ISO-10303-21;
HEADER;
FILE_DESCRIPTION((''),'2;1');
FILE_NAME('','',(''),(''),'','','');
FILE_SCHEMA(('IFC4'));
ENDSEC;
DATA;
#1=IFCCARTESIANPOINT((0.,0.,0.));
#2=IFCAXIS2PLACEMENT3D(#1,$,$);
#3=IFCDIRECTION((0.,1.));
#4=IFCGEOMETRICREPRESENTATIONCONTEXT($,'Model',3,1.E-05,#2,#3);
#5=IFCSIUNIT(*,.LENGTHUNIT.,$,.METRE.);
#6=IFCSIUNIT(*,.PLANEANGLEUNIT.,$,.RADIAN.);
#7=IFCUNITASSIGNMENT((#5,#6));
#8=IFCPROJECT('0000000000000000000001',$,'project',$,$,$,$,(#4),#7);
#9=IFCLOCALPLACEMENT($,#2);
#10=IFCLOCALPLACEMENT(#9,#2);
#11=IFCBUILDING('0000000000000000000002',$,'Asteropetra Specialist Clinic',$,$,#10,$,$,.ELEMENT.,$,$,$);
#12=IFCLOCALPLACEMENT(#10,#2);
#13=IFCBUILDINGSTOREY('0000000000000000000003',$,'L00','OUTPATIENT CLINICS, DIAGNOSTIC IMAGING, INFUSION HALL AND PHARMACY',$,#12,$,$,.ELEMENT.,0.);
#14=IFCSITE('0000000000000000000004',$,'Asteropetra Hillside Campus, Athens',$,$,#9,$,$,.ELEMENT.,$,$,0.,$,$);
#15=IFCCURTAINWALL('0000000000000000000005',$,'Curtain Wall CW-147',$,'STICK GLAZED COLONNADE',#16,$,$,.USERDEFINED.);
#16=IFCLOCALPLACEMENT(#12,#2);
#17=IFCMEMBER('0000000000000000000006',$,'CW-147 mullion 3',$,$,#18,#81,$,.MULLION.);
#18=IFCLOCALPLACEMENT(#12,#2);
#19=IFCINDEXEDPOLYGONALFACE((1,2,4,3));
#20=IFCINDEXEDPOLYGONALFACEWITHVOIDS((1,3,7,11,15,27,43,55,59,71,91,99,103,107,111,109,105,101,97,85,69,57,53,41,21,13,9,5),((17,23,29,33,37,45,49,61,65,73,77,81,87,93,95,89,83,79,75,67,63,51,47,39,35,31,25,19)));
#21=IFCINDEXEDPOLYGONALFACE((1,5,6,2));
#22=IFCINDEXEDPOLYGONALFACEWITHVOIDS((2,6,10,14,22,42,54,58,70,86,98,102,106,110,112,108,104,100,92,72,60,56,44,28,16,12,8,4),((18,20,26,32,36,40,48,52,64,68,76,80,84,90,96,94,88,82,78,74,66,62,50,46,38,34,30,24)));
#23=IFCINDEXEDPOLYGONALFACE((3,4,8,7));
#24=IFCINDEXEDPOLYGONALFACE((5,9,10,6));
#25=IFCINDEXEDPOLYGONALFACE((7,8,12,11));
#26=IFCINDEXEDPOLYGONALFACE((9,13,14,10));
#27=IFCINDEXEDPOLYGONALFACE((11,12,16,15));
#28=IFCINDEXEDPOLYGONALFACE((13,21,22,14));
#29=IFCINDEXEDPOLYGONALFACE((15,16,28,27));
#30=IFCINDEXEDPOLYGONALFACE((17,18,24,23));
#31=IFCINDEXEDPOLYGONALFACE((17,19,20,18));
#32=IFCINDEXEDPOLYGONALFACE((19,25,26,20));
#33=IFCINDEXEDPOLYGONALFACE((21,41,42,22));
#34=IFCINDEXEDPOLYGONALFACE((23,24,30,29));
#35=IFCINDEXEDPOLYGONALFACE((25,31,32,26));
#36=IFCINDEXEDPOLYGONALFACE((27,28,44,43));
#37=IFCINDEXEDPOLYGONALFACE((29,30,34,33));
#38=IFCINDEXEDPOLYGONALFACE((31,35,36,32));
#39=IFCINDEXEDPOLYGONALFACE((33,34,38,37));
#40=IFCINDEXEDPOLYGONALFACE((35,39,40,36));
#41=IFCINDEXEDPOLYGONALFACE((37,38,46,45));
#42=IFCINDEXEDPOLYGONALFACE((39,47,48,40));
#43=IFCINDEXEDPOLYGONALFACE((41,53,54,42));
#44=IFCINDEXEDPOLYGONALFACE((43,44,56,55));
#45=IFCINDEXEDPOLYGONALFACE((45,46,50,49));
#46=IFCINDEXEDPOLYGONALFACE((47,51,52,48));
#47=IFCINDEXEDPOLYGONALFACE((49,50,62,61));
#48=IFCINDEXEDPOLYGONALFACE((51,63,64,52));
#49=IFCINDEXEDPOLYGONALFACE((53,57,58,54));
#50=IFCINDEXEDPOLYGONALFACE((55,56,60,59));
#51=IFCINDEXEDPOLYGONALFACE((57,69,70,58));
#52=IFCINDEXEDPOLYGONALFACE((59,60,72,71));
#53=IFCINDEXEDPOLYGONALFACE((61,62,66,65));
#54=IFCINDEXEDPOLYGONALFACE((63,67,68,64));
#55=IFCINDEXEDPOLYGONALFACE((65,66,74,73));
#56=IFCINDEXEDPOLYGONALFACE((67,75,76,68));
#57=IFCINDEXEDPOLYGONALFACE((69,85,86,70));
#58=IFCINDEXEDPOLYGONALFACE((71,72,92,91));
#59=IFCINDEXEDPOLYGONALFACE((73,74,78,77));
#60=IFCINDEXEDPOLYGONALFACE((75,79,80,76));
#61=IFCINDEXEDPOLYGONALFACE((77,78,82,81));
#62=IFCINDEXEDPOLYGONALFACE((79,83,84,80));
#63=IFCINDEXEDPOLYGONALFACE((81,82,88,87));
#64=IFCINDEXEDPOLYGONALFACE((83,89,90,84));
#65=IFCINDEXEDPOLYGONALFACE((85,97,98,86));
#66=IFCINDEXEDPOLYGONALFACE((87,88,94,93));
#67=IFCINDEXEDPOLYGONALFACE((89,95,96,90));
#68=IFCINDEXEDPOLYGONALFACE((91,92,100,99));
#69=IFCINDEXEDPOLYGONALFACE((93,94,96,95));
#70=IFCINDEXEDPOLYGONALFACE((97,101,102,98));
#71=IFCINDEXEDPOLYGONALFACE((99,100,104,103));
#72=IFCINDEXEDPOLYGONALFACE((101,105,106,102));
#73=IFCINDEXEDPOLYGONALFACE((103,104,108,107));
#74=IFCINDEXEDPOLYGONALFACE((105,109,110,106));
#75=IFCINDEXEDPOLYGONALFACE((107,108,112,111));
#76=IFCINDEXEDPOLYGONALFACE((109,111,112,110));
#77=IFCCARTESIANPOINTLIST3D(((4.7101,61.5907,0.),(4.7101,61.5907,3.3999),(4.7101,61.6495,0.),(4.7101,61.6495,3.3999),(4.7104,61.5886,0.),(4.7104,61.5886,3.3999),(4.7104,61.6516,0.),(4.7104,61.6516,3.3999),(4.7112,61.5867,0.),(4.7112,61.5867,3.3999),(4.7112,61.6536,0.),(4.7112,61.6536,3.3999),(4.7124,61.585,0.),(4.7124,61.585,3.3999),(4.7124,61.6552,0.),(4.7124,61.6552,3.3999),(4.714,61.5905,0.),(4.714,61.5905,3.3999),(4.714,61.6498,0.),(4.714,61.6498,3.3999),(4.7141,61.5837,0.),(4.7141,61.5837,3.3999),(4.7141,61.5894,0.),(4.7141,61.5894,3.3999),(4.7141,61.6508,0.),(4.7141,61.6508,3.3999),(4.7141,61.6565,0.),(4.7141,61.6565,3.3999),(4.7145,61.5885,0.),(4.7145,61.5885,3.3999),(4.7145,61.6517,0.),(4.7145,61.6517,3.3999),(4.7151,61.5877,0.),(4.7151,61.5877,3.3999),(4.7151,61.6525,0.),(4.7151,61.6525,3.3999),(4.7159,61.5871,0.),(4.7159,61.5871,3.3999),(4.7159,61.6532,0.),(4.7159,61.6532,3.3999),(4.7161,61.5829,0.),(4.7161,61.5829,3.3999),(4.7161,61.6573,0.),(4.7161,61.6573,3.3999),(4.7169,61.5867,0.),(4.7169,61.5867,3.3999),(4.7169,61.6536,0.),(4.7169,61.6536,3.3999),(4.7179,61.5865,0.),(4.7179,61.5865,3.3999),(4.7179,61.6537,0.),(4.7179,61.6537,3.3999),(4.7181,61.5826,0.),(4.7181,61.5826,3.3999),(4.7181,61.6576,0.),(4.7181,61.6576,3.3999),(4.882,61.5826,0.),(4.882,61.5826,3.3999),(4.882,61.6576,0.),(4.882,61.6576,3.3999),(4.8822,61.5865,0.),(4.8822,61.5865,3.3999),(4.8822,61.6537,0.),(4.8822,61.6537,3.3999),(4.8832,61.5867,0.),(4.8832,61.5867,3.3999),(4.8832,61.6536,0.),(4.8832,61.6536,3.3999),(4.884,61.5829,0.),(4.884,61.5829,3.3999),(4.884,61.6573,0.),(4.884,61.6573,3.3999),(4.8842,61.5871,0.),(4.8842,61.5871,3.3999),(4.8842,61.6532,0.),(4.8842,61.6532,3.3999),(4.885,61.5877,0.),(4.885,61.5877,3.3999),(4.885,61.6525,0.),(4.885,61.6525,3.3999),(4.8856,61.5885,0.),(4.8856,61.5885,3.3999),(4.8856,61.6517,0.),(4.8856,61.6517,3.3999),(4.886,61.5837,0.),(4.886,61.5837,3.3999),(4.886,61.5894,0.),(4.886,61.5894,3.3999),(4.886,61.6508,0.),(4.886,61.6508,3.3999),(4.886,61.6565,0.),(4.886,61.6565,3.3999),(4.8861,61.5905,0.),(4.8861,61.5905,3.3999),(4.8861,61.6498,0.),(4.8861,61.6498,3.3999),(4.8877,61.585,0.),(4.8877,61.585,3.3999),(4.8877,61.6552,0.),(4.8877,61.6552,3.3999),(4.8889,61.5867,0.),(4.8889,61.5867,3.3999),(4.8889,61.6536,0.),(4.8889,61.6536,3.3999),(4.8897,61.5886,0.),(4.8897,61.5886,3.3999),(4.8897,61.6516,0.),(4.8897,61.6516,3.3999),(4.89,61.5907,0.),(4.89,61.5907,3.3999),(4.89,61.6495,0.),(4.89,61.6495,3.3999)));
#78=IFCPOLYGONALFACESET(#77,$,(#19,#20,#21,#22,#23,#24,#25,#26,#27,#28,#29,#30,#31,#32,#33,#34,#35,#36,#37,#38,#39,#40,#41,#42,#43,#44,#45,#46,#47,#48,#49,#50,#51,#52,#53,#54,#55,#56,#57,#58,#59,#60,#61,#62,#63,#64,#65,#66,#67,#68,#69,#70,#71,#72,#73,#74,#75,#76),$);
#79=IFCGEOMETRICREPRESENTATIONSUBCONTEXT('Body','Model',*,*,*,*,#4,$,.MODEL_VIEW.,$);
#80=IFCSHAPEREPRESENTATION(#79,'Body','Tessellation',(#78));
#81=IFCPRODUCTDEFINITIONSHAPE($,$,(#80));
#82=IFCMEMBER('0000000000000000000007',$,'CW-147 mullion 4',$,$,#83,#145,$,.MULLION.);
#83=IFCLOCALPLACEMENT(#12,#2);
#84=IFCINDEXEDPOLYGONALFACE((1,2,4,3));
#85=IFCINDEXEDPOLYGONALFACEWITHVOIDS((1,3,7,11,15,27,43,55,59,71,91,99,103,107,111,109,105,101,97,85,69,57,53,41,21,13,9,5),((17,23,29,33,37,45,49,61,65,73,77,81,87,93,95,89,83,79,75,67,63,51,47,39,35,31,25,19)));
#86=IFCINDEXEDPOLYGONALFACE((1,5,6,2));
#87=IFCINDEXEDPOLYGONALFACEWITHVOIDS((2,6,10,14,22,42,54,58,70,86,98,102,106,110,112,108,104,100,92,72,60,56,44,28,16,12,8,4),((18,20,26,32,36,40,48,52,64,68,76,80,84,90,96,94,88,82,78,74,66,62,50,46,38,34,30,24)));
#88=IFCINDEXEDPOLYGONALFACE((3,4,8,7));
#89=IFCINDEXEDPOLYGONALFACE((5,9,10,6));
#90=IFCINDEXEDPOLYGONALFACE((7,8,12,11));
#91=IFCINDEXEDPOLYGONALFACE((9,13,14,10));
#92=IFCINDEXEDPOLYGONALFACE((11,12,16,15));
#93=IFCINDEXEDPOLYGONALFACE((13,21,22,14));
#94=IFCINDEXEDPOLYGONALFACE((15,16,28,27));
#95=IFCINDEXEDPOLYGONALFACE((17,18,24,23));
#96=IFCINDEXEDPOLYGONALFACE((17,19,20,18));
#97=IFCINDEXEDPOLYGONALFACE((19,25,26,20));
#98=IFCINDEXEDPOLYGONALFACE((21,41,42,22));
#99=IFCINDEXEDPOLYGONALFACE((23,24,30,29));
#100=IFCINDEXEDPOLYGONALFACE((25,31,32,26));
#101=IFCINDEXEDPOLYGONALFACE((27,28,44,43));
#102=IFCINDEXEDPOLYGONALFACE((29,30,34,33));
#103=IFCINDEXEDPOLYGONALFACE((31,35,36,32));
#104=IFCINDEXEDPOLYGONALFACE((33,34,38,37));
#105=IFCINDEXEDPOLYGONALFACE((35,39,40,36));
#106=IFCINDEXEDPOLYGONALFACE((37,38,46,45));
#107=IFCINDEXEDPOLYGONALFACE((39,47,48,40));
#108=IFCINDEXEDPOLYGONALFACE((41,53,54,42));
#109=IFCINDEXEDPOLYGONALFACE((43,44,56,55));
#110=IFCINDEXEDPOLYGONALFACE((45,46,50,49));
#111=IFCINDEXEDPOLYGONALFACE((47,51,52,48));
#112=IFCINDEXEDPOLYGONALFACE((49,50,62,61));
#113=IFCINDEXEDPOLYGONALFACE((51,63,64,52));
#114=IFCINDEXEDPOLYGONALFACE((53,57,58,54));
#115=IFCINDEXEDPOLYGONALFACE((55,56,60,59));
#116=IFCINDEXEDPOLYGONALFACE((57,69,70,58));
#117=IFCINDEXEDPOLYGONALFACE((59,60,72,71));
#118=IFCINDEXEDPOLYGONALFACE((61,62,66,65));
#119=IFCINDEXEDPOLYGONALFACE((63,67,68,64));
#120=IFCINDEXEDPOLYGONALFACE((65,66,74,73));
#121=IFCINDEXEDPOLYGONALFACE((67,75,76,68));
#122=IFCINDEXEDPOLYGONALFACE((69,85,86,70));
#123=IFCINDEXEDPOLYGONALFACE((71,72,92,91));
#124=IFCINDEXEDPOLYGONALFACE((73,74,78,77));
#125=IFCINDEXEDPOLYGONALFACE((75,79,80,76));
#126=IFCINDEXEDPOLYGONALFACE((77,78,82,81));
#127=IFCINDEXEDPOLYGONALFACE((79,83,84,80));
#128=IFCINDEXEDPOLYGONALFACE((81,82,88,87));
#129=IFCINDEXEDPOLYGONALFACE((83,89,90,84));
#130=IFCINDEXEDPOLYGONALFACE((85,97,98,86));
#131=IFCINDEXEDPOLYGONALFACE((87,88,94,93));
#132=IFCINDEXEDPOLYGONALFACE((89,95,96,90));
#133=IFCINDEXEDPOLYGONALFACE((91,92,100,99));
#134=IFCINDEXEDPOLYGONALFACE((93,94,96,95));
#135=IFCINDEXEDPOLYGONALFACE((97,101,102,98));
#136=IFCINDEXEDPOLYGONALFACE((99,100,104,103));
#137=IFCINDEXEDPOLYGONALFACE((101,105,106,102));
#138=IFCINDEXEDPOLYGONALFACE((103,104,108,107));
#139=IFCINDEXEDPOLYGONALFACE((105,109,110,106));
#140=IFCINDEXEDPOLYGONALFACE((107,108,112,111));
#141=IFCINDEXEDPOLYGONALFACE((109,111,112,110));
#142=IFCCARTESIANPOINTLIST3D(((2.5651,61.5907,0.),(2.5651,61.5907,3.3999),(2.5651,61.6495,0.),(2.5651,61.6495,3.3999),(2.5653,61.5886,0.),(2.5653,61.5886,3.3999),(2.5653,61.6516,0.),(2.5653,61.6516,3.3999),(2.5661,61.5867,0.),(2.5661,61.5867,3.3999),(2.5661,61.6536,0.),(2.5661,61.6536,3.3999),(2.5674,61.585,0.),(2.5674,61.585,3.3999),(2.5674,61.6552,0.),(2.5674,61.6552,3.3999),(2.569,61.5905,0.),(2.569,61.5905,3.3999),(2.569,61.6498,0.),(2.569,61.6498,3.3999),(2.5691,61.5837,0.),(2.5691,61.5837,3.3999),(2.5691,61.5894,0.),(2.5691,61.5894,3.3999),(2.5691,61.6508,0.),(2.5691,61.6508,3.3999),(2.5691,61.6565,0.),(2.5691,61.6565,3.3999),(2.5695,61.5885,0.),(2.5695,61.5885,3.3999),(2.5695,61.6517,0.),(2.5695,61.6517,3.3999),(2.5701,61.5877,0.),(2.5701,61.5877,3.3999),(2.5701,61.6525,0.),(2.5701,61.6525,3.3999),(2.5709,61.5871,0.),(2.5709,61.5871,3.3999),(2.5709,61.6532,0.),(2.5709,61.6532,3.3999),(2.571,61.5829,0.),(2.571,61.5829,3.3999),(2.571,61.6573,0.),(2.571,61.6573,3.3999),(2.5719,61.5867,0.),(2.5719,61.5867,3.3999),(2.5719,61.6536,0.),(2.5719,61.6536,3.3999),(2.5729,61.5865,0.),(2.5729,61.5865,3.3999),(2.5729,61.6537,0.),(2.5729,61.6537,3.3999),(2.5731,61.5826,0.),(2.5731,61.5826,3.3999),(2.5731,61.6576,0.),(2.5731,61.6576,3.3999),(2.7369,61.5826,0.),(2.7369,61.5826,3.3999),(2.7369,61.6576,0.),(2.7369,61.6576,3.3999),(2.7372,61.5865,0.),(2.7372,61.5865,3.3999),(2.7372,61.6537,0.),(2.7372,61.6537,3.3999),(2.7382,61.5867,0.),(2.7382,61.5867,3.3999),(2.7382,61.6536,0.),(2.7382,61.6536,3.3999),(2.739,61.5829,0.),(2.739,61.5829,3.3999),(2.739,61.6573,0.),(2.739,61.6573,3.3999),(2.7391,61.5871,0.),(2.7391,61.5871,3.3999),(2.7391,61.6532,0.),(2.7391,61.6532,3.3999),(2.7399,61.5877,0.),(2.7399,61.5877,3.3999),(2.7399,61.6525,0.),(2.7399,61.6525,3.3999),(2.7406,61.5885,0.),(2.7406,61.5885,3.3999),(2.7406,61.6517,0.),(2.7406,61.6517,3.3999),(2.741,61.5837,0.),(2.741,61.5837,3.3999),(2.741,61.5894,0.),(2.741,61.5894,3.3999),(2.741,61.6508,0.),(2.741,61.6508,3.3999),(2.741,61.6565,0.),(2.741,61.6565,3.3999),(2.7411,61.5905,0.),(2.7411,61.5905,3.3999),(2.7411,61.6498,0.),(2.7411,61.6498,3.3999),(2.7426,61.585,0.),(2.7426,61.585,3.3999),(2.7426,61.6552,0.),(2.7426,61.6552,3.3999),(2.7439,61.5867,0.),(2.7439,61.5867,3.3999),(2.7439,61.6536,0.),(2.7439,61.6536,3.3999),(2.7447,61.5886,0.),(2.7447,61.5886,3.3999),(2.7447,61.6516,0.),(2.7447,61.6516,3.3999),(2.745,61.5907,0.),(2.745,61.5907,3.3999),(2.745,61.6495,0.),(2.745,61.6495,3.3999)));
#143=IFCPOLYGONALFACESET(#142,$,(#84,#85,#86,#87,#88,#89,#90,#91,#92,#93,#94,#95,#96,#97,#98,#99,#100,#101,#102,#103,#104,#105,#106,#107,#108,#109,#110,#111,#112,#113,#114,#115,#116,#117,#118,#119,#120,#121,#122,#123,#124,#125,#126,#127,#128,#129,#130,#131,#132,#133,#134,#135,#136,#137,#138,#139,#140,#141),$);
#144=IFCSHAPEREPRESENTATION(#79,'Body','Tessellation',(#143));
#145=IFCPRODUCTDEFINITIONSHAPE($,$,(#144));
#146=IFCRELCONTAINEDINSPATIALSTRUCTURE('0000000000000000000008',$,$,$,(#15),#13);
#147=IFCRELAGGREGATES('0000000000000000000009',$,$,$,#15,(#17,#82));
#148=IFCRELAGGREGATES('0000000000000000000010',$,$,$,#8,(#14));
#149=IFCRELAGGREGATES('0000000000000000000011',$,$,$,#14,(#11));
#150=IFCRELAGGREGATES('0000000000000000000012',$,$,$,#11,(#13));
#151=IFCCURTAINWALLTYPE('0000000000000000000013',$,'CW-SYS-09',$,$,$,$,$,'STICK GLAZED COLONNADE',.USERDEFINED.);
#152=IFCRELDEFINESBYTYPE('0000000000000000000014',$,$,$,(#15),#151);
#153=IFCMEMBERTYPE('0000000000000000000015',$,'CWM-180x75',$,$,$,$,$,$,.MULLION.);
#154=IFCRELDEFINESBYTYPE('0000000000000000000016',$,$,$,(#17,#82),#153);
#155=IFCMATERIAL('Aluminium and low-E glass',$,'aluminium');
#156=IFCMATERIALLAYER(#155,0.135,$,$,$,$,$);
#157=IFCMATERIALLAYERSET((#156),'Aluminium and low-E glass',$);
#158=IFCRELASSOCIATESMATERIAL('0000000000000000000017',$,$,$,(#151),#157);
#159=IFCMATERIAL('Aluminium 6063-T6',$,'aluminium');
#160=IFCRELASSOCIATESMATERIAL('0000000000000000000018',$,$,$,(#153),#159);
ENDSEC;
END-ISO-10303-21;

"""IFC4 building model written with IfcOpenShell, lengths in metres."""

from ifc_helpers import new_model, si_unit, direction, frame, origin, origin_2d, place, context, subcontext, project, spatial, hollow_rectangle, extrude, material, layer, layer_set, material_profile, profile_set, type_object, element, aggregate, save


model = new_model("IFC4")

# Units and contexts
model_context = context("Model", 3, precision=1e-05, world=origin(), true_north=direction((0.0, 1.0)))
body_context = subcontext(model_context, "Body", "Model", "MODEL_VIEW")
ifc_project = project(units=[si_unit("LENGTHUNIT", "METRE"), si_unit("PLANEANGLEUNIT", "RADIAN")], contexts=[model_context])

# Site, building, storey
site_placement = place(None, origin())
site = spatial("IfcSite", under=ifc_project, at=site_placement, Name="Asteropetra Hillside Campus, Athens", CompositionType="ELEMENT", RefElevation=0.0)
building_placement = place(site_placement, origin())
building = spatial("IfcBuilding", under=site, at=building_placement, Name="Asteropetra Specialist Clinic", CompositionType="ELEMENT")
storey_placement = place(building_placement, origin())
storey = spatial("IfcBuildingStorey", under=building, at=storey_placement, Name="L00", Description="OUTPATIENT CLINICS, DIAGNOSTIC IMAGING, INFUSION HALL AND PHARMACY", CompositionType="ELEMENT", Elevation=0.0)

# Curtain wall, members
ifc_material_1 = material(Name="Aluminium and low-E glass", Category="aluminium")
ifc_layer_1 = layer(ifc_material_1, 0.135)
ifc_layer_set_1 = layer_set([ifc_layer_1], Name="Aluminium and low-E glass")
curtain_wall_type_1 = type_object("IfcCurtainWallType", Name="CW-SYS-09", ElementType="STICK GLAZED COLONNADE", PredefinedType="USERDEFINED", material=ifc_layer_set_1)
curtain_wall_1_placement = place(storey_placement, origin())
curtain_wall_1 = element("IfcCurtainWall", 1, at=curtain_wall_1_placement, inside=storey, type_object=curtain_wall_type_1, Name="Curtain Wall CW-147", ObjectType="STICK GLAZED COLONNADE", PredefinedType="USERDEFINED")
ifc_material_2 = material(Name="Aluminium 6063-T6", Category="aluminium")
ifc_material_profile_1 = material_profile(ifc_material_2, hollow_rectangle(XDim=0.075, YDim=0.1799, WallThickness=0.0039, InnerFilletRadius=0.0039, OuterFilletRadius=0.0081, at=origin_2d()), Name="MUL 180x75x4.0")
ifc_profile_set_1 = profile_set([ifc_material_profile_1], Name="Aluminium 6063-T6")
member_type_1 = type_object("IfcMemberType", Name="CWM-180x75", PredefinedType="MULLION", material=ifc_profile_set_1)
member_1_placement = place(storey_placement, frame((4.8, 61.6201, 0.0), z_axis=(0.0, 0.0, 1.0), x_axis=(0.0, -1.0, 0.0)))
member_1 = element("IfcMember", 2, at=member_1_placement, type_object=member_type_1, Name="CW-147 mullion 3", PredefinedType="MULLION", context=body_context, shape_type="SweptSolid", body=[
    extrude(hollow_rectangle(XDim=0.075, YDim=0.1799, WallThickness=0.0039, InnerFilletRadius=0.0039, OuterFilletRadius=0.0081, at=origin_2d()), origin(), (0.0, 0.0, 1.0), 3.3999),
])
member_2_placement = place(storey_placement, frame((2.655, 61.6201, 0.0), z_axis=(0.0, 0.0, 1.0), x_axis=(0.0, -1.0, 0.0)))
member_2 = element("IfcMember", 3, at=member_2_placement, type_object=member_type_1, Name="CW-147 mullion 4", PredefinedType="MULLION", context=body_context, shape_type="SweptSolid", body=[
    extrude(hollow_rectangle(XDim=0.075, YDim=0.1799, WallThickness=0.0039, InnerFilletRadius=0.0039, OuterFilletRadius=0.0081, at=origin_2d()), origin(), (0.0, 0.0, 1.0), 3.3999),
])

aggregate(curtain_wall_1, [member_1, member_2])

save(model, "model.ifc")
